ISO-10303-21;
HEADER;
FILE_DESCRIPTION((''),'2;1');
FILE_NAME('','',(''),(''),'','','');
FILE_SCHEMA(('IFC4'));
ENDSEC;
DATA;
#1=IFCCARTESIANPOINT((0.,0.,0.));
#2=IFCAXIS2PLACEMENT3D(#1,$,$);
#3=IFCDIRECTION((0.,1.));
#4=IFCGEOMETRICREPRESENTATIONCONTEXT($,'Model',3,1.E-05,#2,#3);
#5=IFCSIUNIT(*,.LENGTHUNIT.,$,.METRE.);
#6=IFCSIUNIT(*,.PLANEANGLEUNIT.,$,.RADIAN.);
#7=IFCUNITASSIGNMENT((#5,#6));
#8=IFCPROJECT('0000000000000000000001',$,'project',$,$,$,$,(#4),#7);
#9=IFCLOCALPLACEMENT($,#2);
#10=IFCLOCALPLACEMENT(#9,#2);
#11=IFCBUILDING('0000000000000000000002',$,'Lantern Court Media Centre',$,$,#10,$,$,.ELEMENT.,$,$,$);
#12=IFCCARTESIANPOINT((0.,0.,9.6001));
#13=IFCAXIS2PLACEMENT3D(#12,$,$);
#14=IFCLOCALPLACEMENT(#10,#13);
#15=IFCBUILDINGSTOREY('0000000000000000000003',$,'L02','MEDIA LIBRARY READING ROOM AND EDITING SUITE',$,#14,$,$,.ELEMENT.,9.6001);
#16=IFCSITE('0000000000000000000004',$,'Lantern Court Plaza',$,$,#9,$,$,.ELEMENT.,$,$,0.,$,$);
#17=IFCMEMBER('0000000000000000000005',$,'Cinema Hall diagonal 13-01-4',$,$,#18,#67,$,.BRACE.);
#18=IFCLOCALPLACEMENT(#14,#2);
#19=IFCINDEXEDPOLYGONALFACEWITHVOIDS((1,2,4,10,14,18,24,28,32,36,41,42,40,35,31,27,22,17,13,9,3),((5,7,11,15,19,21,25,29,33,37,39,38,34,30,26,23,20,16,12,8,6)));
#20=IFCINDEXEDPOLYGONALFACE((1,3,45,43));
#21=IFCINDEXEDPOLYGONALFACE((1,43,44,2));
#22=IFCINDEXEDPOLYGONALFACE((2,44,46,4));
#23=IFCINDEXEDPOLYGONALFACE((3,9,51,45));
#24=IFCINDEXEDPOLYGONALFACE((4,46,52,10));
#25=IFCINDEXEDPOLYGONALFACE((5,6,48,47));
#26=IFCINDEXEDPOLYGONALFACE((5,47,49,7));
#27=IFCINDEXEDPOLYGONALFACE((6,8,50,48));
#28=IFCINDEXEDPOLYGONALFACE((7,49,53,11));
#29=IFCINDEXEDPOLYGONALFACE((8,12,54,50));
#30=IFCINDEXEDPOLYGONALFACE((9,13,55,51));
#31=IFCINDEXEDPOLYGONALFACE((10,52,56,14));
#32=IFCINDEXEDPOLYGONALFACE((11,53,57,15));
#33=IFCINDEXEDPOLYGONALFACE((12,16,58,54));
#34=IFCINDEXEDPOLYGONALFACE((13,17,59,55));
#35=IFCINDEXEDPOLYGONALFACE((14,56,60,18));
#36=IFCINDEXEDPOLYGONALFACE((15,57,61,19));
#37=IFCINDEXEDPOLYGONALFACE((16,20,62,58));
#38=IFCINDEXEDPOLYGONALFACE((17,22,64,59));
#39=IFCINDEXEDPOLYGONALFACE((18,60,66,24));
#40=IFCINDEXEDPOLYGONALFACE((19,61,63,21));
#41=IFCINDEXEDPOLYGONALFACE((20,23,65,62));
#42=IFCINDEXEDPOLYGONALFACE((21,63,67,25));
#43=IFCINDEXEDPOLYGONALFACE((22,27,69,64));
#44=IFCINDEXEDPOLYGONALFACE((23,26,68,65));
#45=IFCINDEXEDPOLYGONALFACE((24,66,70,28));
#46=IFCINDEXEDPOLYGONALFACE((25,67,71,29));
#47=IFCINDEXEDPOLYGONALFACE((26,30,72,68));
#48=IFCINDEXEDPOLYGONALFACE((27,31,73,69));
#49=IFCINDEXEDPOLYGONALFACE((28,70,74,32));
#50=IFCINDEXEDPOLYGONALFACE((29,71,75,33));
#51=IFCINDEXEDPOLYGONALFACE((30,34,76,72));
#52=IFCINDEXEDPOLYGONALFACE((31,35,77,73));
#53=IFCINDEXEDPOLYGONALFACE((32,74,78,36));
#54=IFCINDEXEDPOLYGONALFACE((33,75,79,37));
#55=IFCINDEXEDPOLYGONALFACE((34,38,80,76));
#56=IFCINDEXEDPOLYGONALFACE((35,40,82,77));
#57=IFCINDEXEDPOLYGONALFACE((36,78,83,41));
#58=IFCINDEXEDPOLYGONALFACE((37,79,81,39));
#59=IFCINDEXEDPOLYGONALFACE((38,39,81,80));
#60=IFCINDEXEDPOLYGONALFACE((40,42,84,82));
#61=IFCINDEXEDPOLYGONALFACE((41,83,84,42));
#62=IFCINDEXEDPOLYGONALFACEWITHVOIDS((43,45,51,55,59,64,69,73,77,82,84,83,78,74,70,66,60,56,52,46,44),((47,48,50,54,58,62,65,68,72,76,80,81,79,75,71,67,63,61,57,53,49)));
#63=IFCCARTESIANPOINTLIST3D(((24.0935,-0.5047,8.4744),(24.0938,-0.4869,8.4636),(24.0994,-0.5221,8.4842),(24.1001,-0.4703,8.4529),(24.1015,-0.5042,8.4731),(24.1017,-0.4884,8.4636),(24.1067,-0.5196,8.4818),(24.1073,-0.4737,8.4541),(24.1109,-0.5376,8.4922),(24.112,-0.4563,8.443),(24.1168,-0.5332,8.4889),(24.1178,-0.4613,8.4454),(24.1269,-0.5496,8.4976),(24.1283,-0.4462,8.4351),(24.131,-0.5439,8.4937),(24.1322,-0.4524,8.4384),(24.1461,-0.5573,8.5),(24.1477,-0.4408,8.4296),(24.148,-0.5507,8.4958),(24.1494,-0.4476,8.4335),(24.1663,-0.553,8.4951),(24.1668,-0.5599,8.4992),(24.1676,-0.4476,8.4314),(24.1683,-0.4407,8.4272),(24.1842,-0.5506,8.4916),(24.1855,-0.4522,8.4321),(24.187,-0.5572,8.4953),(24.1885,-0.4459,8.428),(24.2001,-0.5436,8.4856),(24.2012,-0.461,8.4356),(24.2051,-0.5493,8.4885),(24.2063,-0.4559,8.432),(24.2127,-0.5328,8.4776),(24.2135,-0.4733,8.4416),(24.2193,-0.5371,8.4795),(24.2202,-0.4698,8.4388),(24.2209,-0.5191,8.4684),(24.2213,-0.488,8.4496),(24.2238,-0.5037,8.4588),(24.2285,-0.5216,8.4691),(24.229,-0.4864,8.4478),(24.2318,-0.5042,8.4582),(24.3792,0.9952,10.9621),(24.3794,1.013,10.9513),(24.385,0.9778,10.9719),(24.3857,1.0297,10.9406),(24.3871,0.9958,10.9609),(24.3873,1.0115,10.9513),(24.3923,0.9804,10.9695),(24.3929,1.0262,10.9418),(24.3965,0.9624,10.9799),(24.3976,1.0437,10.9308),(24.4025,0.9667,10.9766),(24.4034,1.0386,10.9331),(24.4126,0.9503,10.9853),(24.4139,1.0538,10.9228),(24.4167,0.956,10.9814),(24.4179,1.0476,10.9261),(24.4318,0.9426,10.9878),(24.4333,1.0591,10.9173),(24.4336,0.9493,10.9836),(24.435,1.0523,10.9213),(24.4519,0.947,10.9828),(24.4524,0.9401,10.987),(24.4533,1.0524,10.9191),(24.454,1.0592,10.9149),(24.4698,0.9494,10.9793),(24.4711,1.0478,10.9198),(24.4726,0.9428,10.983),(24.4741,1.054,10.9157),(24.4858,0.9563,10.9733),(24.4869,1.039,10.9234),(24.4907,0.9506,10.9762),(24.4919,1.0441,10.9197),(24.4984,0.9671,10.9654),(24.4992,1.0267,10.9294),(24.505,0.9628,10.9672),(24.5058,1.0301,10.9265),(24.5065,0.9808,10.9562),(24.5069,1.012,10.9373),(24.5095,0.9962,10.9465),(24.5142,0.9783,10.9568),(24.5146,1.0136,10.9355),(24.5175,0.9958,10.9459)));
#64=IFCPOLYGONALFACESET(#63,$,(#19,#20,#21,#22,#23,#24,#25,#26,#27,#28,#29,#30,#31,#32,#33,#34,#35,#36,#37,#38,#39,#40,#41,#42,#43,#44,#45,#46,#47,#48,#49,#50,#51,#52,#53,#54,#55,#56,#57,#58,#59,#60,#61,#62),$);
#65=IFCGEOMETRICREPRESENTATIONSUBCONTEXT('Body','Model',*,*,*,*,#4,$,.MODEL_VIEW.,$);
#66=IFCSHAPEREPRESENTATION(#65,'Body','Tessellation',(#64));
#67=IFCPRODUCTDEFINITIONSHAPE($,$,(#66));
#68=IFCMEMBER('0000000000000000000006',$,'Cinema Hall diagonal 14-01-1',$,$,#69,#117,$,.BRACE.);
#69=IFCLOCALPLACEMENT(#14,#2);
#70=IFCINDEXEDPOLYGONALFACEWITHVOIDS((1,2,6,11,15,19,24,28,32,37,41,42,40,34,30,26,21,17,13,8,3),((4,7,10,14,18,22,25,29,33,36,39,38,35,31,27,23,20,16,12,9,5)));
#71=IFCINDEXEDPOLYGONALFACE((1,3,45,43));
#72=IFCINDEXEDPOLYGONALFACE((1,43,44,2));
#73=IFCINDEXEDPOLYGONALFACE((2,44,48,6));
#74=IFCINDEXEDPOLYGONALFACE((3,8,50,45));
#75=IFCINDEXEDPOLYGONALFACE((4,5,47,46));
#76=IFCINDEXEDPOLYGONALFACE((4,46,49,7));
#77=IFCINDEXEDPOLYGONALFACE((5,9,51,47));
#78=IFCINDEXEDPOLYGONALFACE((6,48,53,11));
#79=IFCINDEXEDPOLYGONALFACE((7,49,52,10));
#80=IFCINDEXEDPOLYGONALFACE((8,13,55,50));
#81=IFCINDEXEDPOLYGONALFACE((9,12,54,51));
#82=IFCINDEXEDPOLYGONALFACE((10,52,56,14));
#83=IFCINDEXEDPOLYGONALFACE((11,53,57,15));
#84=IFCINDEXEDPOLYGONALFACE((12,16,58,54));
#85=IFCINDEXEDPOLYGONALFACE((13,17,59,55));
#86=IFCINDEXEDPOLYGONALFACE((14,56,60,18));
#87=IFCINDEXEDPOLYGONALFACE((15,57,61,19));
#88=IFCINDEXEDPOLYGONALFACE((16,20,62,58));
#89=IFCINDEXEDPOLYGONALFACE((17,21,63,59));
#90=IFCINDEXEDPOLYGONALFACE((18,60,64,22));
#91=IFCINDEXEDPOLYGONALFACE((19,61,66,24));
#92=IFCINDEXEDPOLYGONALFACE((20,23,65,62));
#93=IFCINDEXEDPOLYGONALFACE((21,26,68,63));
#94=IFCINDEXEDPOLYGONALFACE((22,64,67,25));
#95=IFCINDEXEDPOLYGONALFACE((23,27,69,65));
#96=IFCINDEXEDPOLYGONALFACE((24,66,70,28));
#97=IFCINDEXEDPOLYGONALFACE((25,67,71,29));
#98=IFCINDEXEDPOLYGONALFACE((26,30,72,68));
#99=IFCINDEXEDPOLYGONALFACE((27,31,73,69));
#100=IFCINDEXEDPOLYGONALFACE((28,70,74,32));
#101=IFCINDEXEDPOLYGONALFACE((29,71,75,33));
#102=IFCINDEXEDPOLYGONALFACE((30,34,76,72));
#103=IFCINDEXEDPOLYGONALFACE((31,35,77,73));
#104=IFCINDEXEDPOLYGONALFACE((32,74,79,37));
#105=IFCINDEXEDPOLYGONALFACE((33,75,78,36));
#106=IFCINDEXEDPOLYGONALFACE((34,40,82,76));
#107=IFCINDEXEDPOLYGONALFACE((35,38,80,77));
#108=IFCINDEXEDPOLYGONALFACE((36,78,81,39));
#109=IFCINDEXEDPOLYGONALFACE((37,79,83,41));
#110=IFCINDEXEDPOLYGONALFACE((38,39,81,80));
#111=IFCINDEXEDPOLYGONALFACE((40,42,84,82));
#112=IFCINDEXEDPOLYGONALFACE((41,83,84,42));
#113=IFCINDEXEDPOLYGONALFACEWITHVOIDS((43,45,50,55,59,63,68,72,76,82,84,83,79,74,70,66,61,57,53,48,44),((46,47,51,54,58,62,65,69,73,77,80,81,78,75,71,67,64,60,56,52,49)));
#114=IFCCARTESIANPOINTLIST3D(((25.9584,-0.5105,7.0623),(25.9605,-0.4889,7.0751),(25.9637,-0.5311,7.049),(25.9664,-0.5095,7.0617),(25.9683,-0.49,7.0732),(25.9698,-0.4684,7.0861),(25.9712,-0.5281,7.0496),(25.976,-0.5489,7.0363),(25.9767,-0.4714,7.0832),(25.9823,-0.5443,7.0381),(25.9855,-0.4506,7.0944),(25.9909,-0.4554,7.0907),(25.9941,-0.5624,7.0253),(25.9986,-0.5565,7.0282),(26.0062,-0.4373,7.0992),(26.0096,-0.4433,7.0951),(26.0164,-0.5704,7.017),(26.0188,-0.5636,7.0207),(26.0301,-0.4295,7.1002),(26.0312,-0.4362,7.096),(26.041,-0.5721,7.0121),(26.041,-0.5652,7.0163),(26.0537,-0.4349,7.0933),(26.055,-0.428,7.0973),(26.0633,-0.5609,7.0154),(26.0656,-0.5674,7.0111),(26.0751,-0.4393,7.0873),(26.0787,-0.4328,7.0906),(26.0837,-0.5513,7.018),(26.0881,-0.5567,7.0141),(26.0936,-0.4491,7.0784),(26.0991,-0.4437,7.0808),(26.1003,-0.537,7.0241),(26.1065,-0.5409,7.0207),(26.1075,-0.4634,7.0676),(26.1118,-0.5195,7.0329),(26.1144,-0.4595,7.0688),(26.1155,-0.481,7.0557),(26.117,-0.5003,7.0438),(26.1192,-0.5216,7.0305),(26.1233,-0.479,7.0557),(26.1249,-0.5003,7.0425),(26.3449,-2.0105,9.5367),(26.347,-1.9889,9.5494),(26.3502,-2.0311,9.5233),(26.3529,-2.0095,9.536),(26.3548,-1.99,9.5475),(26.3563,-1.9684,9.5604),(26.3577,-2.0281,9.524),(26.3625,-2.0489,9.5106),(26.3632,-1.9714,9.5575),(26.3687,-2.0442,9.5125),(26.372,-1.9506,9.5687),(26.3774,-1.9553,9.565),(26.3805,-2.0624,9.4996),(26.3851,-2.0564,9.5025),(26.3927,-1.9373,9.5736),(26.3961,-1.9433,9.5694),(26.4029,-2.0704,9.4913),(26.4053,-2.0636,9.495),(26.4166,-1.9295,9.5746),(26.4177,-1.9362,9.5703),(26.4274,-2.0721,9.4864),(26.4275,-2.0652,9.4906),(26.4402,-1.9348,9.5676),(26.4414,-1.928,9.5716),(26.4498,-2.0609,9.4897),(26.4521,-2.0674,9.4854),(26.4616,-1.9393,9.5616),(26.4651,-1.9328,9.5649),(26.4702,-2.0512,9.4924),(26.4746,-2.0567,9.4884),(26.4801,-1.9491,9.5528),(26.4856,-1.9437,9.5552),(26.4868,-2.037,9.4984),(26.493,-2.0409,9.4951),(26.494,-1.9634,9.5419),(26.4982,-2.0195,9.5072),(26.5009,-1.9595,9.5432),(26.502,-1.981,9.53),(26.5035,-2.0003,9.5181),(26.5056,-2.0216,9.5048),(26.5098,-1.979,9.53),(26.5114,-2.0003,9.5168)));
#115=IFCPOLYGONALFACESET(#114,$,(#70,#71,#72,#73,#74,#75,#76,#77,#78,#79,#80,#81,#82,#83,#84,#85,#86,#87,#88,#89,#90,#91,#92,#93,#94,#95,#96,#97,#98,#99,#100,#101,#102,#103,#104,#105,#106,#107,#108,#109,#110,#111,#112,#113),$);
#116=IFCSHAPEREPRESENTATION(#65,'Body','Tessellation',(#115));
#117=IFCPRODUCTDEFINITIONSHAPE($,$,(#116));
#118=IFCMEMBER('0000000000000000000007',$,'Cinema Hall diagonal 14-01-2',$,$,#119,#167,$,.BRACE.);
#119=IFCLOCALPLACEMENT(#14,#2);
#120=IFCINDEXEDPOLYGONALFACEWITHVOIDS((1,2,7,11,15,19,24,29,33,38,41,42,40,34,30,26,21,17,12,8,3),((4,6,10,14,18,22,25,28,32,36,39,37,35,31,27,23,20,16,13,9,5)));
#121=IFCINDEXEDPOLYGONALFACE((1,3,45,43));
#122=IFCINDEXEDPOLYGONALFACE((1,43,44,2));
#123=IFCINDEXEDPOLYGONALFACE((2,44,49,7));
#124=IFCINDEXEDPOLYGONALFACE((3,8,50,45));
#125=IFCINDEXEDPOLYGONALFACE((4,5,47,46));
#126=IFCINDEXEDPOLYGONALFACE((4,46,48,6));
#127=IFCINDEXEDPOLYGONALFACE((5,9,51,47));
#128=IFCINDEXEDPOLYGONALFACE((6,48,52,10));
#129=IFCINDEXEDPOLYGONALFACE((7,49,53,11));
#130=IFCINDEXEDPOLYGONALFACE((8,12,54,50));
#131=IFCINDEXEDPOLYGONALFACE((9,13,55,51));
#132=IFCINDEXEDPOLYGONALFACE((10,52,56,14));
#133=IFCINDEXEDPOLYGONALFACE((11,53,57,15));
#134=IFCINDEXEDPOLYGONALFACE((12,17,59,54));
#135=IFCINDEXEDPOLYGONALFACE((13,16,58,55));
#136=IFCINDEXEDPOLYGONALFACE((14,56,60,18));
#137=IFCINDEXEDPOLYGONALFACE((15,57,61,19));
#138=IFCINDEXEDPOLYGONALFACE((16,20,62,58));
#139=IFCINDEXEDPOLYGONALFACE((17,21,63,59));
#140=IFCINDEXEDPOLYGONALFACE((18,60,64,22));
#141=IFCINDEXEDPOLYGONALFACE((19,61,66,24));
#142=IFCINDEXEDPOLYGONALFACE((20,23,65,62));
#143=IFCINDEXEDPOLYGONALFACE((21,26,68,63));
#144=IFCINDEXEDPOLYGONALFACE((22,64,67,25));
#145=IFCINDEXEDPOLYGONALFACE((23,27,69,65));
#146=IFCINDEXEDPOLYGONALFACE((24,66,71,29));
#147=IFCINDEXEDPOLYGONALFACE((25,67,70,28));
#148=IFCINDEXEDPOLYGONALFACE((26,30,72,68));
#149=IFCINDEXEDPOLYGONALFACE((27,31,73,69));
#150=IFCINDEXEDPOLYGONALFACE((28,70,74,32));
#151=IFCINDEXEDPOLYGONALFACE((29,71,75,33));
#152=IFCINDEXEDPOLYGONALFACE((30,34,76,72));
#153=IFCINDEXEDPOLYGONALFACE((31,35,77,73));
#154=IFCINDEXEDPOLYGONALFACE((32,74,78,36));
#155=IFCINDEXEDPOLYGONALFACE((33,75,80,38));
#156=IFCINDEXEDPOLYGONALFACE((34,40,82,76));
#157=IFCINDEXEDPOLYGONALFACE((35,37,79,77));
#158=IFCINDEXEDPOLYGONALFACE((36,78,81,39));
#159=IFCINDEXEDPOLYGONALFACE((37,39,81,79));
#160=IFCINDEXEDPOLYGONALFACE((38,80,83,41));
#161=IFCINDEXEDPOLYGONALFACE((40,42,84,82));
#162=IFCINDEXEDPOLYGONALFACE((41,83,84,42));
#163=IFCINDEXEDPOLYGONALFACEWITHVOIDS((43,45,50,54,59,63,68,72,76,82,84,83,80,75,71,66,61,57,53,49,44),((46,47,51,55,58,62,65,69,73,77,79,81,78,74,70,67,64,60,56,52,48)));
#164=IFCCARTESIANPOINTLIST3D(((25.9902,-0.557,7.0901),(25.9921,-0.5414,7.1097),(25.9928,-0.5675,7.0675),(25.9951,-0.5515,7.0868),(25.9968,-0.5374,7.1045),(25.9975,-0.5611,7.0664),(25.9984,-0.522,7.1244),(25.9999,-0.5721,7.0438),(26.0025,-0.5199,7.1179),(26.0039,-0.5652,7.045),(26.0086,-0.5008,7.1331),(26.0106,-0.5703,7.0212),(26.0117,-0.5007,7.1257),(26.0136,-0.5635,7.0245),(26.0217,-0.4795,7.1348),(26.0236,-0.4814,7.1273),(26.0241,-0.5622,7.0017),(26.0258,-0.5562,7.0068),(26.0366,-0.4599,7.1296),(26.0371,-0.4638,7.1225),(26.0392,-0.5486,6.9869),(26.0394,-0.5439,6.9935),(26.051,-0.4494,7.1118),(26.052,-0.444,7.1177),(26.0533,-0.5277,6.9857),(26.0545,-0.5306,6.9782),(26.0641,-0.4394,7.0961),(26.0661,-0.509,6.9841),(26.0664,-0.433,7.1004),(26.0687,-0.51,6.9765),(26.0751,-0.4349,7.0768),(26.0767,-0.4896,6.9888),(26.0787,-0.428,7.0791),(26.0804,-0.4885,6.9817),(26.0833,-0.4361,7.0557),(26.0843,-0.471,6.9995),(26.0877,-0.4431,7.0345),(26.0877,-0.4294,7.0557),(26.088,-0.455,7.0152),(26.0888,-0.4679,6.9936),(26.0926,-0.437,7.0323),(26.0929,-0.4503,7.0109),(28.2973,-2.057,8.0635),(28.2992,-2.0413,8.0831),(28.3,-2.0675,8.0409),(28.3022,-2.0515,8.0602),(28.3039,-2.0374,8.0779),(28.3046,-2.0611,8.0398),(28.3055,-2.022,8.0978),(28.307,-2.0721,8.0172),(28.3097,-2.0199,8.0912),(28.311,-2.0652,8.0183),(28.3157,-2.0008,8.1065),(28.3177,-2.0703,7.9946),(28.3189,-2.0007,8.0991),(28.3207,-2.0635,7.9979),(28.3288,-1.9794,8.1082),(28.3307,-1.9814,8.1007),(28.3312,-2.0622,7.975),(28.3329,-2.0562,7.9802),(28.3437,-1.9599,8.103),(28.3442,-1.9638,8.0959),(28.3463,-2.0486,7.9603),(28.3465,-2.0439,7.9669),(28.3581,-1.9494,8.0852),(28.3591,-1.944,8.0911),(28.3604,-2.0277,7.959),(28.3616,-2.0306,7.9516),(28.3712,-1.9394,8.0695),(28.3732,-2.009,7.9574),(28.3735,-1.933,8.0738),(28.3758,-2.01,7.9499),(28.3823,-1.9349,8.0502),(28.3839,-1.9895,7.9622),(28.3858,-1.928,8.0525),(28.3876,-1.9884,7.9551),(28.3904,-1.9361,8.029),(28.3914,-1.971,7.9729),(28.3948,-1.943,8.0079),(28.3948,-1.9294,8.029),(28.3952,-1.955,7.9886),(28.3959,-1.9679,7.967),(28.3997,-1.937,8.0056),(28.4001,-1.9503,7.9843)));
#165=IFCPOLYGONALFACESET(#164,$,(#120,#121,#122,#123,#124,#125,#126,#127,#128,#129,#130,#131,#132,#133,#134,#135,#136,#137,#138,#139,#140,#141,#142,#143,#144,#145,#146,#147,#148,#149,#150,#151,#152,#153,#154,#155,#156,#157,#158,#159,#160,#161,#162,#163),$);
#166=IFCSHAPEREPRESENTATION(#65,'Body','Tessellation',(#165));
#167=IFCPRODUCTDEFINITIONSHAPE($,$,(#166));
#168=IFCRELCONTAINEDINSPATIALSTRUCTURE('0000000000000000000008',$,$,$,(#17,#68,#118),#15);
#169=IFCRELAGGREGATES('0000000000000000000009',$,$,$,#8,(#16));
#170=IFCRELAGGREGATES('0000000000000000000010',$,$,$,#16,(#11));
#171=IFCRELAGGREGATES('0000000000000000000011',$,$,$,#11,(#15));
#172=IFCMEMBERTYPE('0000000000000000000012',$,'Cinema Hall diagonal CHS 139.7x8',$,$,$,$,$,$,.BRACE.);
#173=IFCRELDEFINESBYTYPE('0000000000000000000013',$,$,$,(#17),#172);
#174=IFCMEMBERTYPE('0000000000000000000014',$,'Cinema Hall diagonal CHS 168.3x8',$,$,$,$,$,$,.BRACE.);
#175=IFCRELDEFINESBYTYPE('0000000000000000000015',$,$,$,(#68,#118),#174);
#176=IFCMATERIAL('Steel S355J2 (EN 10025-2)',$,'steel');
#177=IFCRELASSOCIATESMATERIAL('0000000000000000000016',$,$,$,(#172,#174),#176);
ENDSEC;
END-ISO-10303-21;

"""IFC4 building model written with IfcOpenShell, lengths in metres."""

from ifc_helpers import new_model, si_unit, direction, frame, origin, origin_2d, place, context, subcontext, project, spatial, hollow_circle, extrude, material, material_profile, profile_set, type_object, element, save


model = new_model("IFC4")

# Units and contexts
model_context = context("Model", 3, precision=1e-05, world=origin(), true_north=direction((0.0, 1.0)))
body_context = subcontext(model_context, "Body", "Model", "MODEL_VIEW")
ifc_project = project(units=[si_unit("LENGTHUNIT", "METRE"), si_unit("PLANEANGLEUNIT", "RADIAN")], contexts=[model_context])

# Site, building, storey
site_placement = place(None, origin())
site = spatial("IfcSite", under=ifc_project, at=site_placement, Name="Lantern Court Plaza", CompositionType="ELEMENT", RefElevation=0.0)
building_placement = place(site_placement, origin())
building = spatial("IfcBuilding", under=site, at=building_placement, Name="Lantern Court Media Centre", CompositionType="ELEMENT")
storey_placement = place(building_placement, frame((0.0, 0.0, 9.6001)))
storey = spatial("IfcBuildingStorey", under=building, at=storey_placement, Name="L02", Description="MEDIA LIBRARY READING ROOM AND EDITING SUITE", CompositionType="ELEMENT", Elevation=9.6001)

# Members
ifc_material_1 = material(Name="Steel S355J2 (EN 10025-2)", Category="steel")
ifc_material_profile_1 = material_profile(ifc_material_1, hollow_circle(Radius=0.0698, WallThickness=0.0081, at=origin_2d()), Name="Cinema Hall diagonal CHS 139.7x8")
ifc_profile_set_1 = profile_set([ifc_material_profile_1], Name="Steel S355J2 (EN 10025-2)")
member_type_1 = type_object("IfcMemberType", Name="Cinema Hall diagonal CHS 139.7x8", PredefinedType="BRACE", material=ifc_profile_set_1)
member_1_placement = place(storey_placement, frame((24.1624, -0.5, 8.4636), z_axis=(0.097856, 0.51387, 0.852268), x_axis=(-0.982347, 0.187068, 0.0)))
element("IfcMember", 1, at=member_1_placement, inside=storey, type_object=member_type_1, Name="Cinema Hall diagonal 13-01-4", PredefinedType="BRACE", context=body_context, shape_type="SweptSolid", body=[
    extrude(hollow_circle(Radius=0.0698, WallThickness=0.0081, at=origin_2d()), origin(), (0.0, 0.0, 1.0), 2.9189),
])
ifc_material_profile_2 = material_profile(ifc_material_1, hollow_circle(Radius=0.0842, WallThickness=0.0081, at=origin_2d()), Name="Cinema Hall diagonal CHS 168.3x8")
ifc_profile_set_2 = profile_set([ifc_material_profile_2], Name="Steel S355J2 (EN 10025-2)")
member_type_2 = type_object("IfcMemberType", Name="Cinema Hall diagonal CHS 168.3x8", PredefinedType="BRACE", material=ifc_profile_set_2)
member_2_placement = place(storey_placement, frame((26.0417, -0.5, 7.0557), z_axis=(0.13239, -0.513836, 0.847612), x_axis=(0.968374, 0.249501, 0.0)))
element("IfcMember", 2, at=member_2_placement, inside=storey, type_object=member_type_2, Name="Cinema Hall diagonal 14-01-1", PredefinedType="BRACE", context=body_context, shape_type="SweptSolid", body=[
    extrude(hollow_circle(Radius=0.0842, WallThickness=0.0081, at=origin_2d()), origin(), (0.0, 0.0, 1.0), 2.9192),
])
for number, where, z_axis, x_axis, name in (
    (3, (26.0417, -0.5, 7.0557), (0.790394, -0.513882, 0.333471), (0.545082, 0.838383, 0.0), "Cinema Hall diagonal 14-01-2"),
):
    element("IfcMember", number, at=place(storey_placement, frame(where, z_axis=z_axis, x_axis=x_axis)), inside=storey, type_object=member_type_2, Name=name, PredefinedType="BRACE", context=body_context, shape_type="SweptSolid", body=[
        extrude(hollow_circle(Radius=0.0842, WallThickness=0.0081, at=origin_2d()), origin(), (0.0, 0.0, 1.0), 2.9189),
    ])

save(model, "model.ifc")
